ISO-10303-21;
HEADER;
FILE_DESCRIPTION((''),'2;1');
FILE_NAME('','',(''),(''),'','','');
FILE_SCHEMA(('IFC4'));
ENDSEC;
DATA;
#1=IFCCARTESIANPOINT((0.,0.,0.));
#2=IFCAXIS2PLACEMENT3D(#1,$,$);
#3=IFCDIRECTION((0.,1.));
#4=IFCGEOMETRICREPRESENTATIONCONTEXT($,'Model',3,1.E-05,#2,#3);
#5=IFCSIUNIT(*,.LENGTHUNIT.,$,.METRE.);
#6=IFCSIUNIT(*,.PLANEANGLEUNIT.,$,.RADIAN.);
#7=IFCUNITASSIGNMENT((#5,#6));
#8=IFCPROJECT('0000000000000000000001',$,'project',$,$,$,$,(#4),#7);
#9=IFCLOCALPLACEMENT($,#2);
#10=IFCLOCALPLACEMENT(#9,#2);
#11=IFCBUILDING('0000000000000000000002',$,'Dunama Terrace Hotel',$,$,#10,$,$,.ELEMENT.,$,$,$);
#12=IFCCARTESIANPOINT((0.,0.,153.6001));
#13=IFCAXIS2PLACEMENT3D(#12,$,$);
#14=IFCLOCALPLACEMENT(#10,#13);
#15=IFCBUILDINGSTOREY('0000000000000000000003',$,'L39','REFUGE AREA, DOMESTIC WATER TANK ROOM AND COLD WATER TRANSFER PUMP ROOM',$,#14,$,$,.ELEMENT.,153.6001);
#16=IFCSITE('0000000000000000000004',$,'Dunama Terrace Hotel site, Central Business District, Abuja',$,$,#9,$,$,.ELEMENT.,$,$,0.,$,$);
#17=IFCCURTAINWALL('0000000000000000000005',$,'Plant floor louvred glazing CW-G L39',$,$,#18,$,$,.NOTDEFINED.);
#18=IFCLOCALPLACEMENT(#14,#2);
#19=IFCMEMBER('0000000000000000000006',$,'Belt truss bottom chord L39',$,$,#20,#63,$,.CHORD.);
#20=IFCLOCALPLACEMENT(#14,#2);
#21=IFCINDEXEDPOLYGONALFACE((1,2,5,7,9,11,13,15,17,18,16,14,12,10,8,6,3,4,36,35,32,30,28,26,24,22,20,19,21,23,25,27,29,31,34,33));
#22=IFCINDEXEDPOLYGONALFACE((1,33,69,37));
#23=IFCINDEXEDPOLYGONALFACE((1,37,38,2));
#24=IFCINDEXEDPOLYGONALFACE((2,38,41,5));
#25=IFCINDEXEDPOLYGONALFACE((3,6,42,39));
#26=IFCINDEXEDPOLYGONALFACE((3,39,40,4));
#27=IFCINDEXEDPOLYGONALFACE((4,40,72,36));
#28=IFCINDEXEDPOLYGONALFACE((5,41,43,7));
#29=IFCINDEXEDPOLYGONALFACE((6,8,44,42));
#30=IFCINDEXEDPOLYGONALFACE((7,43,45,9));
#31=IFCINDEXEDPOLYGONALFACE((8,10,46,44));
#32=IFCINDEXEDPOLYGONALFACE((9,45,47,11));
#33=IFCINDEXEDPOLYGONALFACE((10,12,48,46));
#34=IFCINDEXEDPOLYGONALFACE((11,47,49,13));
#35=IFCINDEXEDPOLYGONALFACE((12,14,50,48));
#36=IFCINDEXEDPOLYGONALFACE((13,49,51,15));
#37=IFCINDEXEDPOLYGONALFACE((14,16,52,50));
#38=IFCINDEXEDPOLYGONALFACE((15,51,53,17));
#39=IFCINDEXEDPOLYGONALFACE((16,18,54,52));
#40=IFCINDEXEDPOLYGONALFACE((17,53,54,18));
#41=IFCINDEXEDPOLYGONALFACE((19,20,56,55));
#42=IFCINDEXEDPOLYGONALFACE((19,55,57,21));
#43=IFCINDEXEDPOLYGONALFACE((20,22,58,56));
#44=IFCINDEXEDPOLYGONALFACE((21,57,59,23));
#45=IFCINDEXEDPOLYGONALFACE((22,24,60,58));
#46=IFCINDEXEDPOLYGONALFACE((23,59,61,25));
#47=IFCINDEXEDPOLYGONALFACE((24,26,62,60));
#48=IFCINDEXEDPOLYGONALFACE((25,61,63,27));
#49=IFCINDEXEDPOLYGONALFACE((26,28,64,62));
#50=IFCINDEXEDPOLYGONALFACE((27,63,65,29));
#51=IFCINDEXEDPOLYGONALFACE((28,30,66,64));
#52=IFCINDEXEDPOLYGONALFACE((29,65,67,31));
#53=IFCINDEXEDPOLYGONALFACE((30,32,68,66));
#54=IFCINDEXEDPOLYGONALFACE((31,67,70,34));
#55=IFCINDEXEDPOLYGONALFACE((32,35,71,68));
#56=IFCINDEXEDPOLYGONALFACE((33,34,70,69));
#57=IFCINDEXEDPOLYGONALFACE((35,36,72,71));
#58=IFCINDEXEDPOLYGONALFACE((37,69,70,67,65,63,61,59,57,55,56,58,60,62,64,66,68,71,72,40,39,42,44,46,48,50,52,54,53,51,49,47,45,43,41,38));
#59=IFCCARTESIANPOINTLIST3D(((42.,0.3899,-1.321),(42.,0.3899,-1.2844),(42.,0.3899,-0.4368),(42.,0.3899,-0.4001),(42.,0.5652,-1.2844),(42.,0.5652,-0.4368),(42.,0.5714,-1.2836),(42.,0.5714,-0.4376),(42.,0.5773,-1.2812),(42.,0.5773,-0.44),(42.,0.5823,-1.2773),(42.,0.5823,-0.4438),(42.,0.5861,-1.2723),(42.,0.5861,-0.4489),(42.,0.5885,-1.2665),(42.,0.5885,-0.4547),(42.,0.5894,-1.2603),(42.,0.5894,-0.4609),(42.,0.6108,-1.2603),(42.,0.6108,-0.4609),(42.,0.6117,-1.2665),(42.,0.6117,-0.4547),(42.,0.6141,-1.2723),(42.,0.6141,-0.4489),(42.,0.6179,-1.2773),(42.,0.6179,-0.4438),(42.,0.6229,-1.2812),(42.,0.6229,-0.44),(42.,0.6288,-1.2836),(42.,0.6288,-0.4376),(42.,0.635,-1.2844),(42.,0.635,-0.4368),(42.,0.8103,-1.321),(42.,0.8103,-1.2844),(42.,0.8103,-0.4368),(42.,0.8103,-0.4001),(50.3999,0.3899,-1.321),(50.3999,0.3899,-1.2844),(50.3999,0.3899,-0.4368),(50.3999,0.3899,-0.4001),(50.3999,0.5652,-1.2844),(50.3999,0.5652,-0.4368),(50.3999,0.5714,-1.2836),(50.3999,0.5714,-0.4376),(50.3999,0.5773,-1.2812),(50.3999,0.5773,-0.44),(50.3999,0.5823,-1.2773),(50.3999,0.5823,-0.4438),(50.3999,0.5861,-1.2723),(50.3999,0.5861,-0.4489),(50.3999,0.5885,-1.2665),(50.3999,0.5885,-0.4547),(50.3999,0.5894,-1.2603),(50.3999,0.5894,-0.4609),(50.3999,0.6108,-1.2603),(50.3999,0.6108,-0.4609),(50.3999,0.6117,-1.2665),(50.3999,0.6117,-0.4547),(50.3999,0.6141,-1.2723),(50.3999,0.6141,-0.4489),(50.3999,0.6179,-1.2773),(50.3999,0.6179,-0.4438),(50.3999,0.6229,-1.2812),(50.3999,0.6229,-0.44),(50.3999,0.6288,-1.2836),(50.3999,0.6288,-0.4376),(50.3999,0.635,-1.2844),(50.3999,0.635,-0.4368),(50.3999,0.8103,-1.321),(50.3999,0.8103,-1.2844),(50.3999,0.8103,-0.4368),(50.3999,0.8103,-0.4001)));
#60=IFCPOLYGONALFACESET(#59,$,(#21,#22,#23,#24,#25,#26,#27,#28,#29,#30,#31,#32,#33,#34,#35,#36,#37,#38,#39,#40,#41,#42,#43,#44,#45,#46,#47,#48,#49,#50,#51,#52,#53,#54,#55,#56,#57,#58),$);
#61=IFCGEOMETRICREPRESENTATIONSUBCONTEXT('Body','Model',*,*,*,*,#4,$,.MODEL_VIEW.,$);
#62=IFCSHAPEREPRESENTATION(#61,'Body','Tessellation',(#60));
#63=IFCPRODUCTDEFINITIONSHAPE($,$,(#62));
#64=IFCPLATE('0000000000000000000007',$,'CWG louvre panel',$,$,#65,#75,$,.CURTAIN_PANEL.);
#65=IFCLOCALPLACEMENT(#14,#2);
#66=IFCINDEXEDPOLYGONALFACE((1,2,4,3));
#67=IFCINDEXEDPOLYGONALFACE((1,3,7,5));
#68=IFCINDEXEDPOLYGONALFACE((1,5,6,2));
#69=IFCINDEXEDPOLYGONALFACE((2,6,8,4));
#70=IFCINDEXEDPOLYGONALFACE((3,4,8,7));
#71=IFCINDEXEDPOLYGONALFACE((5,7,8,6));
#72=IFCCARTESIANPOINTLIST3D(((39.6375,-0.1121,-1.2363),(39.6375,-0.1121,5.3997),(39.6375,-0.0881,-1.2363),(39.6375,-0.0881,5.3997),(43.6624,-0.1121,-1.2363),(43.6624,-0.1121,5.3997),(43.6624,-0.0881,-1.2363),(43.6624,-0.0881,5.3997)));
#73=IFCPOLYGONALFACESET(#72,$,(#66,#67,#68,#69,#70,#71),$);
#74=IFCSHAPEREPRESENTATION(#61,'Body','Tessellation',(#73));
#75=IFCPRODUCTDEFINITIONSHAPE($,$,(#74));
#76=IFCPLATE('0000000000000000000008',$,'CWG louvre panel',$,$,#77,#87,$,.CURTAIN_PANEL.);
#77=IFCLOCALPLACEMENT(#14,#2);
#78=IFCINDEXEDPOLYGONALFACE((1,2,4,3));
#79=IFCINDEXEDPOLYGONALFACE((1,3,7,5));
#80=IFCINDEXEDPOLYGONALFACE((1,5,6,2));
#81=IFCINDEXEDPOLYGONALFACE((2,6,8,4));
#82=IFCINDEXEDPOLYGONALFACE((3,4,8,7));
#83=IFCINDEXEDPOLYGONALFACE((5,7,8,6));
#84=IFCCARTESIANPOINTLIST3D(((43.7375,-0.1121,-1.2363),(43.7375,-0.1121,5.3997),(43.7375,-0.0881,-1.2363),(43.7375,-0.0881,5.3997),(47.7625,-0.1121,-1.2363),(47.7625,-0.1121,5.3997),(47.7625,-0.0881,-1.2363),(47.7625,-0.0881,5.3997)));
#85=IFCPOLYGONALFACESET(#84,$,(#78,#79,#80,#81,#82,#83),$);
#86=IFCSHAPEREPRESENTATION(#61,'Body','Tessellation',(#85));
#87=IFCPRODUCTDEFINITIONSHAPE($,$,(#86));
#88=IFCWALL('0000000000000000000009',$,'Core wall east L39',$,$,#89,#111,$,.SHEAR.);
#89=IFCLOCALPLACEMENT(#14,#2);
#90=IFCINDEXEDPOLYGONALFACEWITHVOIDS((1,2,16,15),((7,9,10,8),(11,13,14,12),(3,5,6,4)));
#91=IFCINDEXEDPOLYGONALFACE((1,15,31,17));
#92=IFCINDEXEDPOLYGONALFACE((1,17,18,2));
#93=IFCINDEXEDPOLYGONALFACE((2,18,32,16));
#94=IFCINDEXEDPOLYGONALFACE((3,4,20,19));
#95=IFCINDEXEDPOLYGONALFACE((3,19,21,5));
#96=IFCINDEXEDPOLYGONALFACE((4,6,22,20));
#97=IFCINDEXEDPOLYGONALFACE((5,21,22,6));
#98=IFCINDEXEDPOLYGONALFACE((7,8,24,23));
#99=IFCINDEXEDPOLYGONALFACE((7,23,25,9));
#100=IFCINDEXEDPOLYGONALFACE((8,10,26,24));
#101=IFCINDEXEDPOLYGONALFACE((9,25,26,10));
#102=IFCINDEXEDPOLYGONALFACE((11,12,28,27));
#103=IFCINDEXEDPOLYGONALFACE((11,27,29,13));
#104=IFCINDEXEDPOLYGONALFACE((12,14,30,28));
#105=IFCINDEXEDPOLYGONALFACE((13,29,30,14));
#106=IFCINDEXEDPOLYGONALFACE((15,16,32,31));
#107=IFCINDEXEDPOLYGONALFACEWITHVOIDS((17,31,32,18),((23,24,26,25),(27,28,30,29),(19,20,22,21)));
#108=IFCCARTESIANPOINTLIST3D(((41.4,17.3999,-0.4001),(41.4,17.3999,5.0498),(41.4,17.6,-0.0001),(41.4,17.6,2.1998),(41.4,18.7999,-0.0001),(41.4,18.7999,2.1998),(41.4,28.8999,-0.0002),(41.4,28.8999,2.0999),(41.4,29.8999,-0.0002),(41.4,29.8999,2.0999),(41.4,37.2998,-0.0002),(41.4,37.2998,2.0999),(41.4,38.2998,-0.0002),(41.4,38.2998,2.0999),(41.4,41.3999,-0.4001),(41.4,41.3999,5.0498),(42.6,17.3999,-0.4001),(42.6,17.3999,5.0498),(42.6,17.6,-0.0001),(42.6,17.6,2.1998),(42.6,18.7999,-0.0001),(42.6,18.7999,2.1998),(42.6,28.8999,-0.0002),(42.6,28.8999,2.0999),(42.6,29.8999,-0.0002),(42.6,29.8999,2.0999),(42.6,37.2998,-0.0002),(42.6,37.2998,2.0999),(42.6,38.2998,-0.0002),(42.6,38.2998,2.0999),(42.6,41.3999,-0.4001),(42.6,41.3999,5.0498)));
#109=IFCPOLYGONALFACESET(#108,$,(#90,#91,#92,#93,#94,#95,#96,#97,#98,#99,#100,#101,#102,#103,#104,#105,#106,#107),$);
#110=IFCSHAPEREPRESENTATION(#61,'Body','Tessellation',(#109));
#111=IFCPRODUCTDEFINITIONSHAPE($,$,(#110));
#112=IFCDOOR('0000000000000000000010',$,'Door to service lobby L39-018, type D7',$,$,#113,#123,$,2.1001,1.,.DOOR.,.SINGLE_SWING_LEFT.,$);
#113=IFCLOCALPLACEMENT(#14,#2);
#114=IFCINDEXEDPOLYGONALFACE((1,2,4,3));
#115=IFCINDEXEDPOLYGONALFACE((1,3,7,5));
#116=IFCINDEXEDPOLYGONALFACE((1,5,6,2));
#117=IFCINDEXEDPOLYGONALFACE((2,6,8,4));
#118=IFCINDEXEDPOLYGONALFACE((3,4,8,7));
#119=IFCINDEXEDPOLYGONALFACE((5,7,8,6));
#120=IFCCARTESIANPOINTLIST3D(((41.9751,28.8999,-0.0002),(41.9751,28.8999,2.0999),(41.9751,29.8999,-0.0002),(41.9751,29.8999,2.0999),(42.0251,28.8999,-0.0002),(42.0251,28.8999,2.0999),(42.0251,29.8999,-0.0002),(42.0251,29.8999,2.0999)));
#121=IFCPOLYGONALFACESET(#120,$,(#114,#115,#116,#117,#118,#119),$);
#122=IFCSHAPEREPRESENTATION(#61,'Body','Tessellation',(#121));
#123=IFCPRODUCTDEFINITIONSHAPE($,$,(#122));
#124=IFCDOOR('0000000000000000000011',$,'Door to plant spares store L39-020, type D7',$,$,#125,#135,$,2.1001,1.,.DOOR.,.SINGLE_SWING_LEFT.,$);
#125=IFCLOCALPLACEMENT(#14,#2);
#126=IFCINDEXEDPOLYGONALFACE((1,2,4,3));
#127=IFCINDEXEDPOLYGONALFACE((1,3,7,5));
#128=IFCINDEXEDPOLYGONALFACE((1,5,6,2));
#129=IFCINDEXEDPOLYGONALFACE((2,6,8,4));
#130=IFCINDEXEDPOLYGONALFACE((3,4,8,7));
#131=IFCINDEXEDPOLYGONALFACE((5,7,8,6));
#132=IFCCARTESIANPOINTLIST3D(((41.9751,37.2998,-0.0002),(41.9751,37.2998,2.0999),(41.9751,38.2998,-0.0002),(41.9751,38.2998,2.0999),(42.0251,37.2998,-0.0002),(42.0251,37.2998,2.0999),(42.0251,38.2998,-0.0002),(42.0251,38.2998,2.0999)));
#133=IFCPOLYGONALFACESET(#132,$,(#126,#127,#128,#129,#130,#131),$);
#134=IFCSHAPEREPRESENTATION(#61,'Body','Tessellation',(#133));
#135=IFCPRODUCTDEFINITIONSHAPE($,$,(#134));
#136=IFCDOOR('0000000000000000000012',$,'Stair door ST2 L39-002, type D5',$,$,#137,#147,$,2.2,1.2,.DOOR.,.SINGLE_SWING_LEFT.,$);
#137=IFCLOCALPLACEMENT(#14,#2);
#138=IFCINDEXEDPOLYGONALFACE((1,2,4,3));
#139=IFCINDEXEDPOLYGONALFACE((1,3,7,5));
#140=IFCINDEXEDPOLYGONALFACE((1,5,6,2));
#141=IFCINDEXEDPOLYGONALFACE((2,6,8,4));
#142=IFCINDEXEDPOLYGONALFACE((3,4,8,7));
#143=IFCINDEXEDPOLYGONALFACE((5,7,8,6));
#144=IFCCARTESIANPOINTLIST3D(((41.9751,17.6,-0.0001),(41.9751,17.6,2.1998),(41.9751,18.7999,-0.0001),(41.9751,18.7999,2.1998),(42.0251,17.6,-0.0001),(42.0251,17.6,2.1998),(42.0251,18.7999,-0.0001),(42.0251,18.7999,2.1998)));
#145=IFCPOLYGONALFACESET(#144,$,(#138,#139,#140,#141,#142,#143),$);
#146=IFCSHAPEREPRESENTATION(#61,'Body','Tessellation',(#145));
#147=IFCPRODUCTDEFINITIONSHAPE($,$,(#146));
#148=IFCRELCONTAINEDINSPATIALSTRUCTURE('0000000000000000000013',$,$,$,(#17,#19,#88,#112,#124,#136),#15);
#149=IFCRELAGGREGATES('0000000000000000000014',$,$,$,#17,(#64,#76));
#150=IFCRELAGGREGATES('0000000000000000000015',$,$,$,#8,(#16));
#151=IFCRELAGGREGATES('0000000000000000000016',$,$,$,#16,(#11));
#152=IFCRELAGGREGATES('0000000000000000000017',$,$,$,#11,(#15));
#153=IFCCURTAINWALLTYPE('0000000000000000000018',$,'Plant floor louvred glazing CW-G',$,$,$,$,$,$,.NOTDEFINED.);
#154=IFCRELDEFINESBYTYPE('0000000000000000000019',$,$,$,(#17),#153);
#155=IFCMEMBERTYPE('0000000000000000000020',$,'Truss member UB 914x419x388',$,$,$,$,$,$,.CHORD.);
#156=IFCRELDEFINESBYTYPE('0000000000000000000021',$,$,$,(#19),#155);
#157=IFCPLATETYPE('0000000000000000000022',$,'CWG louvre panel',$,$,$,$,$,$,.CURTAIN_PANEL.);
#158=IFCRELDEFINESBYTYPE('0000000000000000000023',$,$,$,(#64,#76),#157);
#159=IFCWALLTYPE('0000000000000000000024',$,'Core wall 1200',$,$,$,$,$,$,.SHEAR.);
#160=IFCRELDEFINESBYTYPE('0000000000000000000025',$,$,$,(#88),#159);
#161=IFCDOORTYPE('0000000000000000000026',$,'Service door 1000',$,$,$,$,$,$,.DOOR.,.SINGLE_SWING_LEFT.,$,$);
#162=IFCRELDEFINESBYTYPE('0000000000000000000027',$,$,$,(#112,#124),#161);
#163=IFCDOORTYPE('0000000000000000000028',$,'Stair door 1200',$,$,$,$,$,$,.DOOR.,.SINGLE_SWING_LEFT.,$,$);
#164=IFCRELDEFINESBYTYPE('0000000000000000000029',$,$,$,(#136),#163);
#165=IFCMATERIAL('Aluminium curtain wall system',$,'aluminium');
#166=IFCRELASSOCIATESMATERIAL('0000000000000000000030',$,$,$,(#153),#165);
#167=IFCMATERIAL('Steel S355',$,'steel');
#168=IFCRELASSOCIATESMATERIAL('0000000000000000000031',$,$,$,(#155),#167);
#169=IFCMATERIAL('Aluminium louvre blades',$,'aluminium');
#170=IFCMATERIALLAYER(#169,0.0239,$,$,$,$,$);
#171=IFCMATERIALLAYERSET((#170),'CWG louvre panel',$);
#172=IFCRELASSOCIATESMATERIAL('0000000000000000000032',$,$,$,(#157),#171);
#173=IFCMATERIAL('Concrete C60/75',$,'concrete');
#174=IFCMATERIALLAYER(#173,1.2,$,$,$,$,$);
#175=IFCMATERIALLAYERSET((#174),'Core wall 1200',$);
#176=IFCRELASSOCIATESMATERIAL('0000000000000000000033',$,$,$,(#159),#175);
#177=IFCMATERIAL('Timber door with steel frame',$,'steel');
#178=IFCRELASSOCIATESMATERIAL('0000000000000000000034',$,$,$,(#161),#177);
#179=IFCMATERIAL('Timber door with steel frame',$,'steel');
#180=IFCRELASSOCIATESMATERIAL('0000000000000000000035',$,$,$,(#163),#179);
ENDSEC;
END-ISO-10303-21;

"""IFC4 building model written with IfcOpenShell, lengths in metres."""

from ifc_helpers import new_model, si_unit, direction, frame, frame_2d, origin, origin_2d, place, context, subcontext, project, spatial, rectangle, i_section, extrude, material, layer, layer_set, material_profile, profile_set, type_object, element, fill, aggregate, save


model = new_model("IFC4")

# Units and contexts
model_context = context("Model", 3, precision=1e-05, world=origin(), true_north=direction((0.0, 1.0)))
body_context = subcontext(model_context, "Body", "Model", "MODEL_VIEW")
ifc_project = project(units=[si_unit("LENGTHUNIT", "METRE"), si_unit("PLANEANGLEUNIT", "RADIAN")], contexts=[model_context])

# Site, building, storey
site_placement = place(None, origin())
site = spatial("IfcSite", under=ifc_project, at=site_placement, Name="Dunama Terrace Hotel site, Central Business District, Abuja", CompositionType="ELEMENT", RefElevation=0.0)
building_placement = place(site_placement, origin())
building = spatial("IfcBuilding", under=site, at=building_placement, Name="Dunama Terrace Hotel", CompositionType="ELEMENT")
storey_placement = place(building_placement, frame((0.0, 0.0, 153.6001)))
storey = spatial("IfcBuildingStorey", under=building, at=storey_placement, Name="L39", Description="REFUGE AREA, DOMESTIC WATER TANK ROOM AND COLD WATER TRANSFER PUMP ROOM", CompositionType="ELEMENT", Elevation=153.6001)

# Curtain wall
ifc_material_1 = material(Name="Aluminium curtain wall system", Category="aluminium")
curtain_wall_type = type_object("IfcCurtainWallType", Name="Plant floor louvred glazing CW-G", PredefinedType="NOTDEFINED", material=ifc_material_1)
curtain_wall_placement = place(storey_placement, origin())
curtain_wall = element("IfcCurtainWall", 1, at=curtain_wall_placement, inside=storey, type_object=curtain_wall_type, Name="Plant floor louvred glazing CW-G L39", PredefinedType="NOTDEFINED")

# Member
ifc_material_2 = material(Name="Steel S355", Category="steel")
ifc_material_profile_1 = material_profile(ifc_material_2, i_section(OverallWidth=0.4204, OverallDepth=0.9209, WebThickness=0.0215, FlangeThickness=0.0366, FilletRadius=0.0242, at=origin_2d()), Name="UB 914x419x388")
ifc_profile_set_1 = profile_set([ifc_material_profile_1], Name="Steel S355")
member_type_1 = type_object("IfcMemberType", Name="Truss member UB 914x419x388", PredefinedType="CHORD", material=ifc_profile_set_1)
for number, where, z_axis, x_axis, name in (
    (2, (42.0, 0.6001, -0.8606), (1.0, 0.0, 0.0), (0.0, 1.0, 0.0), "Belt truss bottom chord L39"),
):
    element("IfcMember", number, at=place(storey_placement, frame(where, z_axis=z_axis, x_axis=x_axis)), inside=storey, type_object=member_type_1, Name=name, PredefinedType="CHORD", context=body_context, shape_type="SweptSolid", body=[
        extrude(i_section(OverallWidth=0.4204, OverallDepth=0.9209, WebThickness=0.0215, FlangeThickness=0.0366, FilletRadius=0.0242, at=origin_2d()), origin(), (0.0, 0.0, 1.0), 8.3999),
    ])

# Plates
ifc_material_3 = material(Name="Aluminium louvre blades", Category="aluminium")
ifc_layer_1 = layer(ifc_material_3, 0.0239)
ifc_layer_set_1 = layer_set([ifc_layer_1], Name="CWG louvre panel")
plate_type = type_object("IfcPlateType", Name="CWG louvre panel", PredefinedType="CURTAIN_PANEL", material=ifc_layer_set_1)
plate_1_placement = place(storey_placement, frame((41.6499, -0.1001, -1.2363), z_axis=(0.0, 0.0, 1.0), x_axis=(1.0, 0.0, 0.0)))
plate_1 = element("IfcPlate", 3, at=plate_1_placement, type_object=plate_type, Name="CWG louvre panel", PredefinedType="CURTAIN_PANEL", context=body_context, shape_type="SweptSolid", body=[
    extrude(rectangle(XDim=4.0249, YDim=0.0239, at=origin_2d()), origin(), (0.0, 0.0, 1.0), 6.636),
])
plate_2_placement = place(storey_placement, frame((45.75, -0.1001, -1.2363), z_axis=(0.0, 0.0, 1.0), x_axis=(1.0, 0.0, 0.0)))
plate_2 = element("IfcPlate", 4, at=plate_2_placement, type_object=plate_type, Name="CWG louvre panel", PredefinedType="CURTAIN_PANEL", context=body_context, shape_type="SweptSolid", body=[
    extrude(rectangle(XDim=4.0249, YDim=0.0239, at=origin_2d()), origin(), (0.0, 0.0, 1.0), 6.636),
])
aggregate(curtain_wall, [plate_1, plate_2])

# Wall, openings, doors
ifc_material_4 = material(Name="Concrete C60/75", Category="concrete")
ifc_layer_2 = layer(ifc_material_4, 1.2)
ifc_layer_set_2 = layer_set([ifc_layer_2], Name="Core wall 1200")
wall_type_1 = type_object("IfcWallType", Name="Core wall 1200", PredefinedType="SHEAR", material=ifc_layer_set_2)
wall_1_placement = place(storey_placement, frame((42.0, 17.3999, -0.4001), z_axis=(0.0, 0.0, 1.0), x_axis=(0.0, 1.0, 0.0)))
wall_1 = element("IfcWall", 5, at=wall_1_placement, inside=storey, type_object=wall_type_1, Name="Core wall east L39", PredefinedType="SHEAR", context=body_context, shape_type="SweptSolid", body=[
    extrude(rectangle(XDim=24.0, YDim=1.2, at=frame_2d((12.0, 0.0))), origin(), (0.0, 0.0, 1.0), 5.45),
])
opening_1_placement = place(wall_1_placement, frame((0.2, 0.0, 0.3999)))
opening_1 = element("IfcOpeningElement", 6, at=opening_1_placement, cuts=wall_1, PredefinedType="OPENING", context=body_context, shape_type="SweptSolid", body=[
    extrude(rectangle(XDim=1.2, YDim=2.2, at=frame_2d((0.6001, 1.1001))), frame((0.0, 0.6099, 0.0), z_axis=(0.0, -1.0, 0.0), x_axis=(1.0, 0.0, 0.0)), (0.0, 0.0, 1.0), 1.22),
])
opening_2_placement = place(wall_1_placement, frame((11.5, 0.0, 0.3999)))
opening_2 = element("IfcOpeningElement", 7, at=opening_2_placement, cuts=wall_1, PredefinedType="OPENING", context=body_context, shape_type="SweptSolid", body=[
    extrude(rectangle(XDim=1.0, YDim=2.1001, at=frame_2d((0.5, 1.05))), frame((0.0, 0.6099, 0.0), z_axis=(0.0, -1.0, 0.0), x_axis=(1.0, 0.0, 0.0)), (0.0, 0.0, 1.0), 1.22),
])
opening_3_placement = place(wall_1_placement, frame((19.8999, 0.0, 0.3999)))
opening_3 = element("IfcOpeningElement", 8, at=opening_3_placement, cuts=wall_1, PredefinedType="OPENING", context=body_context, shape_type="SweptSolid", body=[
    extrude(rectangle(XDim=1.0, YDim=2.1001, at=frame_2d((0.5, 1.05))), frame((0.0, 0.6099, 0.0), z_axis=(0.0, -1.0, 0.0), x_axis=(1.0, 0.0, 0.0)), (0.0, 0.0, 1.0), 1.22),
])
ifc_material_5 = material(Name="Timber door with steel frame", Category="steel")
door_type_1 = type_object("IfcDoorType", Name="Service door 1000", OperationType="SINGLE_SWING_LEFT", PredefinedType="DOOR", material=ifc_material_5)
door_1_placement = place(opening_2_placement, origin())
door_1 = element("IfcDoor", 9, at=door_1_placement, inside=storey, type_object=door_type_1, Name="Door to service lobby L39-018, type D7", OperationType="SINGLE_SWING_LEFT", OverallHeight=2.1001, OverallWidth=1.0, PredefinedType="DOOR", context=body_context, shape_type="SweptSolid", body=[
    extrude(rectangle(XDim=1.0, YDim=2.1001, at=frame_2d((0.5, 1.05))), frame((0.0, 0.0249, 0.0), z_axis=(0.0, -1.0, 0.0), x_axis=(1.0, 0.0, 0.0)), (0.0, 0.0, 1.0), 0.05),
])
fill(opening_2, door_1)
door_2_placement = place(opening_3_placement, origin())
door_2 = element("IfcDoor", 10, at=door_2_placement, inside=storey, type_object=door_type_1, Name="Door to plant spares store L39-020, type D7", OperationType="SINGLE_SWING_LEFT", OverallHeight=2.1001, OverallWidth=1.0, PredefinedType="DOOR", context=body_context, shape_type="SweptSolid", body=[
    extrude(rectangle(XDim=1.0, YDim=2.1001, at=frame_2d((0.5, 1.05))), frame((0.0, 0.0249, 0.0), z_axis=(0.0, -1.0, 0.0), x_axis=(1.0, 0.0, 0.0)), (0.0, 0.0, 1.0), 0.05),
])
fill(opening_3, door_2)
ifc_material_6 = material(Name="Timber door with steel frame", Category="steel")
door_type_2 = type_object("IfcDoorType", Name="Stair door 1200", OperationType="SINGLE_SWING_LEFT", PredefinedType="DOOR", material=ifc_material_6)
door_3_placement = place(opening_1_placement, origin())
door_3 = element("IfcDoor", 11, at=door_3_placement, inside=storey, type_object=door_type_2, Name="Stair door ST2 L39-002, type D5", OperationType="SINGLE_SWING_LEFT", OverallHeight=2.2, OverallWidth=1.2, PredefinedType="DOOR", context=body_context, shape_type="SweptSolid", body=[
    extrude(rectangle(XDim=1.2, YDim=2.2, at=frame_2d((0.6001, 1.1001))), frame((0.0, 0.0249, 0.0), z_axis=(0.0, -1.0, 0.0), x_axis=(1.0, 0.0, 0.0)), (0.0, 0.0, 1.0), 0.05),
])
fill(opening_1, door_3)

save(model, "model.ifc")
